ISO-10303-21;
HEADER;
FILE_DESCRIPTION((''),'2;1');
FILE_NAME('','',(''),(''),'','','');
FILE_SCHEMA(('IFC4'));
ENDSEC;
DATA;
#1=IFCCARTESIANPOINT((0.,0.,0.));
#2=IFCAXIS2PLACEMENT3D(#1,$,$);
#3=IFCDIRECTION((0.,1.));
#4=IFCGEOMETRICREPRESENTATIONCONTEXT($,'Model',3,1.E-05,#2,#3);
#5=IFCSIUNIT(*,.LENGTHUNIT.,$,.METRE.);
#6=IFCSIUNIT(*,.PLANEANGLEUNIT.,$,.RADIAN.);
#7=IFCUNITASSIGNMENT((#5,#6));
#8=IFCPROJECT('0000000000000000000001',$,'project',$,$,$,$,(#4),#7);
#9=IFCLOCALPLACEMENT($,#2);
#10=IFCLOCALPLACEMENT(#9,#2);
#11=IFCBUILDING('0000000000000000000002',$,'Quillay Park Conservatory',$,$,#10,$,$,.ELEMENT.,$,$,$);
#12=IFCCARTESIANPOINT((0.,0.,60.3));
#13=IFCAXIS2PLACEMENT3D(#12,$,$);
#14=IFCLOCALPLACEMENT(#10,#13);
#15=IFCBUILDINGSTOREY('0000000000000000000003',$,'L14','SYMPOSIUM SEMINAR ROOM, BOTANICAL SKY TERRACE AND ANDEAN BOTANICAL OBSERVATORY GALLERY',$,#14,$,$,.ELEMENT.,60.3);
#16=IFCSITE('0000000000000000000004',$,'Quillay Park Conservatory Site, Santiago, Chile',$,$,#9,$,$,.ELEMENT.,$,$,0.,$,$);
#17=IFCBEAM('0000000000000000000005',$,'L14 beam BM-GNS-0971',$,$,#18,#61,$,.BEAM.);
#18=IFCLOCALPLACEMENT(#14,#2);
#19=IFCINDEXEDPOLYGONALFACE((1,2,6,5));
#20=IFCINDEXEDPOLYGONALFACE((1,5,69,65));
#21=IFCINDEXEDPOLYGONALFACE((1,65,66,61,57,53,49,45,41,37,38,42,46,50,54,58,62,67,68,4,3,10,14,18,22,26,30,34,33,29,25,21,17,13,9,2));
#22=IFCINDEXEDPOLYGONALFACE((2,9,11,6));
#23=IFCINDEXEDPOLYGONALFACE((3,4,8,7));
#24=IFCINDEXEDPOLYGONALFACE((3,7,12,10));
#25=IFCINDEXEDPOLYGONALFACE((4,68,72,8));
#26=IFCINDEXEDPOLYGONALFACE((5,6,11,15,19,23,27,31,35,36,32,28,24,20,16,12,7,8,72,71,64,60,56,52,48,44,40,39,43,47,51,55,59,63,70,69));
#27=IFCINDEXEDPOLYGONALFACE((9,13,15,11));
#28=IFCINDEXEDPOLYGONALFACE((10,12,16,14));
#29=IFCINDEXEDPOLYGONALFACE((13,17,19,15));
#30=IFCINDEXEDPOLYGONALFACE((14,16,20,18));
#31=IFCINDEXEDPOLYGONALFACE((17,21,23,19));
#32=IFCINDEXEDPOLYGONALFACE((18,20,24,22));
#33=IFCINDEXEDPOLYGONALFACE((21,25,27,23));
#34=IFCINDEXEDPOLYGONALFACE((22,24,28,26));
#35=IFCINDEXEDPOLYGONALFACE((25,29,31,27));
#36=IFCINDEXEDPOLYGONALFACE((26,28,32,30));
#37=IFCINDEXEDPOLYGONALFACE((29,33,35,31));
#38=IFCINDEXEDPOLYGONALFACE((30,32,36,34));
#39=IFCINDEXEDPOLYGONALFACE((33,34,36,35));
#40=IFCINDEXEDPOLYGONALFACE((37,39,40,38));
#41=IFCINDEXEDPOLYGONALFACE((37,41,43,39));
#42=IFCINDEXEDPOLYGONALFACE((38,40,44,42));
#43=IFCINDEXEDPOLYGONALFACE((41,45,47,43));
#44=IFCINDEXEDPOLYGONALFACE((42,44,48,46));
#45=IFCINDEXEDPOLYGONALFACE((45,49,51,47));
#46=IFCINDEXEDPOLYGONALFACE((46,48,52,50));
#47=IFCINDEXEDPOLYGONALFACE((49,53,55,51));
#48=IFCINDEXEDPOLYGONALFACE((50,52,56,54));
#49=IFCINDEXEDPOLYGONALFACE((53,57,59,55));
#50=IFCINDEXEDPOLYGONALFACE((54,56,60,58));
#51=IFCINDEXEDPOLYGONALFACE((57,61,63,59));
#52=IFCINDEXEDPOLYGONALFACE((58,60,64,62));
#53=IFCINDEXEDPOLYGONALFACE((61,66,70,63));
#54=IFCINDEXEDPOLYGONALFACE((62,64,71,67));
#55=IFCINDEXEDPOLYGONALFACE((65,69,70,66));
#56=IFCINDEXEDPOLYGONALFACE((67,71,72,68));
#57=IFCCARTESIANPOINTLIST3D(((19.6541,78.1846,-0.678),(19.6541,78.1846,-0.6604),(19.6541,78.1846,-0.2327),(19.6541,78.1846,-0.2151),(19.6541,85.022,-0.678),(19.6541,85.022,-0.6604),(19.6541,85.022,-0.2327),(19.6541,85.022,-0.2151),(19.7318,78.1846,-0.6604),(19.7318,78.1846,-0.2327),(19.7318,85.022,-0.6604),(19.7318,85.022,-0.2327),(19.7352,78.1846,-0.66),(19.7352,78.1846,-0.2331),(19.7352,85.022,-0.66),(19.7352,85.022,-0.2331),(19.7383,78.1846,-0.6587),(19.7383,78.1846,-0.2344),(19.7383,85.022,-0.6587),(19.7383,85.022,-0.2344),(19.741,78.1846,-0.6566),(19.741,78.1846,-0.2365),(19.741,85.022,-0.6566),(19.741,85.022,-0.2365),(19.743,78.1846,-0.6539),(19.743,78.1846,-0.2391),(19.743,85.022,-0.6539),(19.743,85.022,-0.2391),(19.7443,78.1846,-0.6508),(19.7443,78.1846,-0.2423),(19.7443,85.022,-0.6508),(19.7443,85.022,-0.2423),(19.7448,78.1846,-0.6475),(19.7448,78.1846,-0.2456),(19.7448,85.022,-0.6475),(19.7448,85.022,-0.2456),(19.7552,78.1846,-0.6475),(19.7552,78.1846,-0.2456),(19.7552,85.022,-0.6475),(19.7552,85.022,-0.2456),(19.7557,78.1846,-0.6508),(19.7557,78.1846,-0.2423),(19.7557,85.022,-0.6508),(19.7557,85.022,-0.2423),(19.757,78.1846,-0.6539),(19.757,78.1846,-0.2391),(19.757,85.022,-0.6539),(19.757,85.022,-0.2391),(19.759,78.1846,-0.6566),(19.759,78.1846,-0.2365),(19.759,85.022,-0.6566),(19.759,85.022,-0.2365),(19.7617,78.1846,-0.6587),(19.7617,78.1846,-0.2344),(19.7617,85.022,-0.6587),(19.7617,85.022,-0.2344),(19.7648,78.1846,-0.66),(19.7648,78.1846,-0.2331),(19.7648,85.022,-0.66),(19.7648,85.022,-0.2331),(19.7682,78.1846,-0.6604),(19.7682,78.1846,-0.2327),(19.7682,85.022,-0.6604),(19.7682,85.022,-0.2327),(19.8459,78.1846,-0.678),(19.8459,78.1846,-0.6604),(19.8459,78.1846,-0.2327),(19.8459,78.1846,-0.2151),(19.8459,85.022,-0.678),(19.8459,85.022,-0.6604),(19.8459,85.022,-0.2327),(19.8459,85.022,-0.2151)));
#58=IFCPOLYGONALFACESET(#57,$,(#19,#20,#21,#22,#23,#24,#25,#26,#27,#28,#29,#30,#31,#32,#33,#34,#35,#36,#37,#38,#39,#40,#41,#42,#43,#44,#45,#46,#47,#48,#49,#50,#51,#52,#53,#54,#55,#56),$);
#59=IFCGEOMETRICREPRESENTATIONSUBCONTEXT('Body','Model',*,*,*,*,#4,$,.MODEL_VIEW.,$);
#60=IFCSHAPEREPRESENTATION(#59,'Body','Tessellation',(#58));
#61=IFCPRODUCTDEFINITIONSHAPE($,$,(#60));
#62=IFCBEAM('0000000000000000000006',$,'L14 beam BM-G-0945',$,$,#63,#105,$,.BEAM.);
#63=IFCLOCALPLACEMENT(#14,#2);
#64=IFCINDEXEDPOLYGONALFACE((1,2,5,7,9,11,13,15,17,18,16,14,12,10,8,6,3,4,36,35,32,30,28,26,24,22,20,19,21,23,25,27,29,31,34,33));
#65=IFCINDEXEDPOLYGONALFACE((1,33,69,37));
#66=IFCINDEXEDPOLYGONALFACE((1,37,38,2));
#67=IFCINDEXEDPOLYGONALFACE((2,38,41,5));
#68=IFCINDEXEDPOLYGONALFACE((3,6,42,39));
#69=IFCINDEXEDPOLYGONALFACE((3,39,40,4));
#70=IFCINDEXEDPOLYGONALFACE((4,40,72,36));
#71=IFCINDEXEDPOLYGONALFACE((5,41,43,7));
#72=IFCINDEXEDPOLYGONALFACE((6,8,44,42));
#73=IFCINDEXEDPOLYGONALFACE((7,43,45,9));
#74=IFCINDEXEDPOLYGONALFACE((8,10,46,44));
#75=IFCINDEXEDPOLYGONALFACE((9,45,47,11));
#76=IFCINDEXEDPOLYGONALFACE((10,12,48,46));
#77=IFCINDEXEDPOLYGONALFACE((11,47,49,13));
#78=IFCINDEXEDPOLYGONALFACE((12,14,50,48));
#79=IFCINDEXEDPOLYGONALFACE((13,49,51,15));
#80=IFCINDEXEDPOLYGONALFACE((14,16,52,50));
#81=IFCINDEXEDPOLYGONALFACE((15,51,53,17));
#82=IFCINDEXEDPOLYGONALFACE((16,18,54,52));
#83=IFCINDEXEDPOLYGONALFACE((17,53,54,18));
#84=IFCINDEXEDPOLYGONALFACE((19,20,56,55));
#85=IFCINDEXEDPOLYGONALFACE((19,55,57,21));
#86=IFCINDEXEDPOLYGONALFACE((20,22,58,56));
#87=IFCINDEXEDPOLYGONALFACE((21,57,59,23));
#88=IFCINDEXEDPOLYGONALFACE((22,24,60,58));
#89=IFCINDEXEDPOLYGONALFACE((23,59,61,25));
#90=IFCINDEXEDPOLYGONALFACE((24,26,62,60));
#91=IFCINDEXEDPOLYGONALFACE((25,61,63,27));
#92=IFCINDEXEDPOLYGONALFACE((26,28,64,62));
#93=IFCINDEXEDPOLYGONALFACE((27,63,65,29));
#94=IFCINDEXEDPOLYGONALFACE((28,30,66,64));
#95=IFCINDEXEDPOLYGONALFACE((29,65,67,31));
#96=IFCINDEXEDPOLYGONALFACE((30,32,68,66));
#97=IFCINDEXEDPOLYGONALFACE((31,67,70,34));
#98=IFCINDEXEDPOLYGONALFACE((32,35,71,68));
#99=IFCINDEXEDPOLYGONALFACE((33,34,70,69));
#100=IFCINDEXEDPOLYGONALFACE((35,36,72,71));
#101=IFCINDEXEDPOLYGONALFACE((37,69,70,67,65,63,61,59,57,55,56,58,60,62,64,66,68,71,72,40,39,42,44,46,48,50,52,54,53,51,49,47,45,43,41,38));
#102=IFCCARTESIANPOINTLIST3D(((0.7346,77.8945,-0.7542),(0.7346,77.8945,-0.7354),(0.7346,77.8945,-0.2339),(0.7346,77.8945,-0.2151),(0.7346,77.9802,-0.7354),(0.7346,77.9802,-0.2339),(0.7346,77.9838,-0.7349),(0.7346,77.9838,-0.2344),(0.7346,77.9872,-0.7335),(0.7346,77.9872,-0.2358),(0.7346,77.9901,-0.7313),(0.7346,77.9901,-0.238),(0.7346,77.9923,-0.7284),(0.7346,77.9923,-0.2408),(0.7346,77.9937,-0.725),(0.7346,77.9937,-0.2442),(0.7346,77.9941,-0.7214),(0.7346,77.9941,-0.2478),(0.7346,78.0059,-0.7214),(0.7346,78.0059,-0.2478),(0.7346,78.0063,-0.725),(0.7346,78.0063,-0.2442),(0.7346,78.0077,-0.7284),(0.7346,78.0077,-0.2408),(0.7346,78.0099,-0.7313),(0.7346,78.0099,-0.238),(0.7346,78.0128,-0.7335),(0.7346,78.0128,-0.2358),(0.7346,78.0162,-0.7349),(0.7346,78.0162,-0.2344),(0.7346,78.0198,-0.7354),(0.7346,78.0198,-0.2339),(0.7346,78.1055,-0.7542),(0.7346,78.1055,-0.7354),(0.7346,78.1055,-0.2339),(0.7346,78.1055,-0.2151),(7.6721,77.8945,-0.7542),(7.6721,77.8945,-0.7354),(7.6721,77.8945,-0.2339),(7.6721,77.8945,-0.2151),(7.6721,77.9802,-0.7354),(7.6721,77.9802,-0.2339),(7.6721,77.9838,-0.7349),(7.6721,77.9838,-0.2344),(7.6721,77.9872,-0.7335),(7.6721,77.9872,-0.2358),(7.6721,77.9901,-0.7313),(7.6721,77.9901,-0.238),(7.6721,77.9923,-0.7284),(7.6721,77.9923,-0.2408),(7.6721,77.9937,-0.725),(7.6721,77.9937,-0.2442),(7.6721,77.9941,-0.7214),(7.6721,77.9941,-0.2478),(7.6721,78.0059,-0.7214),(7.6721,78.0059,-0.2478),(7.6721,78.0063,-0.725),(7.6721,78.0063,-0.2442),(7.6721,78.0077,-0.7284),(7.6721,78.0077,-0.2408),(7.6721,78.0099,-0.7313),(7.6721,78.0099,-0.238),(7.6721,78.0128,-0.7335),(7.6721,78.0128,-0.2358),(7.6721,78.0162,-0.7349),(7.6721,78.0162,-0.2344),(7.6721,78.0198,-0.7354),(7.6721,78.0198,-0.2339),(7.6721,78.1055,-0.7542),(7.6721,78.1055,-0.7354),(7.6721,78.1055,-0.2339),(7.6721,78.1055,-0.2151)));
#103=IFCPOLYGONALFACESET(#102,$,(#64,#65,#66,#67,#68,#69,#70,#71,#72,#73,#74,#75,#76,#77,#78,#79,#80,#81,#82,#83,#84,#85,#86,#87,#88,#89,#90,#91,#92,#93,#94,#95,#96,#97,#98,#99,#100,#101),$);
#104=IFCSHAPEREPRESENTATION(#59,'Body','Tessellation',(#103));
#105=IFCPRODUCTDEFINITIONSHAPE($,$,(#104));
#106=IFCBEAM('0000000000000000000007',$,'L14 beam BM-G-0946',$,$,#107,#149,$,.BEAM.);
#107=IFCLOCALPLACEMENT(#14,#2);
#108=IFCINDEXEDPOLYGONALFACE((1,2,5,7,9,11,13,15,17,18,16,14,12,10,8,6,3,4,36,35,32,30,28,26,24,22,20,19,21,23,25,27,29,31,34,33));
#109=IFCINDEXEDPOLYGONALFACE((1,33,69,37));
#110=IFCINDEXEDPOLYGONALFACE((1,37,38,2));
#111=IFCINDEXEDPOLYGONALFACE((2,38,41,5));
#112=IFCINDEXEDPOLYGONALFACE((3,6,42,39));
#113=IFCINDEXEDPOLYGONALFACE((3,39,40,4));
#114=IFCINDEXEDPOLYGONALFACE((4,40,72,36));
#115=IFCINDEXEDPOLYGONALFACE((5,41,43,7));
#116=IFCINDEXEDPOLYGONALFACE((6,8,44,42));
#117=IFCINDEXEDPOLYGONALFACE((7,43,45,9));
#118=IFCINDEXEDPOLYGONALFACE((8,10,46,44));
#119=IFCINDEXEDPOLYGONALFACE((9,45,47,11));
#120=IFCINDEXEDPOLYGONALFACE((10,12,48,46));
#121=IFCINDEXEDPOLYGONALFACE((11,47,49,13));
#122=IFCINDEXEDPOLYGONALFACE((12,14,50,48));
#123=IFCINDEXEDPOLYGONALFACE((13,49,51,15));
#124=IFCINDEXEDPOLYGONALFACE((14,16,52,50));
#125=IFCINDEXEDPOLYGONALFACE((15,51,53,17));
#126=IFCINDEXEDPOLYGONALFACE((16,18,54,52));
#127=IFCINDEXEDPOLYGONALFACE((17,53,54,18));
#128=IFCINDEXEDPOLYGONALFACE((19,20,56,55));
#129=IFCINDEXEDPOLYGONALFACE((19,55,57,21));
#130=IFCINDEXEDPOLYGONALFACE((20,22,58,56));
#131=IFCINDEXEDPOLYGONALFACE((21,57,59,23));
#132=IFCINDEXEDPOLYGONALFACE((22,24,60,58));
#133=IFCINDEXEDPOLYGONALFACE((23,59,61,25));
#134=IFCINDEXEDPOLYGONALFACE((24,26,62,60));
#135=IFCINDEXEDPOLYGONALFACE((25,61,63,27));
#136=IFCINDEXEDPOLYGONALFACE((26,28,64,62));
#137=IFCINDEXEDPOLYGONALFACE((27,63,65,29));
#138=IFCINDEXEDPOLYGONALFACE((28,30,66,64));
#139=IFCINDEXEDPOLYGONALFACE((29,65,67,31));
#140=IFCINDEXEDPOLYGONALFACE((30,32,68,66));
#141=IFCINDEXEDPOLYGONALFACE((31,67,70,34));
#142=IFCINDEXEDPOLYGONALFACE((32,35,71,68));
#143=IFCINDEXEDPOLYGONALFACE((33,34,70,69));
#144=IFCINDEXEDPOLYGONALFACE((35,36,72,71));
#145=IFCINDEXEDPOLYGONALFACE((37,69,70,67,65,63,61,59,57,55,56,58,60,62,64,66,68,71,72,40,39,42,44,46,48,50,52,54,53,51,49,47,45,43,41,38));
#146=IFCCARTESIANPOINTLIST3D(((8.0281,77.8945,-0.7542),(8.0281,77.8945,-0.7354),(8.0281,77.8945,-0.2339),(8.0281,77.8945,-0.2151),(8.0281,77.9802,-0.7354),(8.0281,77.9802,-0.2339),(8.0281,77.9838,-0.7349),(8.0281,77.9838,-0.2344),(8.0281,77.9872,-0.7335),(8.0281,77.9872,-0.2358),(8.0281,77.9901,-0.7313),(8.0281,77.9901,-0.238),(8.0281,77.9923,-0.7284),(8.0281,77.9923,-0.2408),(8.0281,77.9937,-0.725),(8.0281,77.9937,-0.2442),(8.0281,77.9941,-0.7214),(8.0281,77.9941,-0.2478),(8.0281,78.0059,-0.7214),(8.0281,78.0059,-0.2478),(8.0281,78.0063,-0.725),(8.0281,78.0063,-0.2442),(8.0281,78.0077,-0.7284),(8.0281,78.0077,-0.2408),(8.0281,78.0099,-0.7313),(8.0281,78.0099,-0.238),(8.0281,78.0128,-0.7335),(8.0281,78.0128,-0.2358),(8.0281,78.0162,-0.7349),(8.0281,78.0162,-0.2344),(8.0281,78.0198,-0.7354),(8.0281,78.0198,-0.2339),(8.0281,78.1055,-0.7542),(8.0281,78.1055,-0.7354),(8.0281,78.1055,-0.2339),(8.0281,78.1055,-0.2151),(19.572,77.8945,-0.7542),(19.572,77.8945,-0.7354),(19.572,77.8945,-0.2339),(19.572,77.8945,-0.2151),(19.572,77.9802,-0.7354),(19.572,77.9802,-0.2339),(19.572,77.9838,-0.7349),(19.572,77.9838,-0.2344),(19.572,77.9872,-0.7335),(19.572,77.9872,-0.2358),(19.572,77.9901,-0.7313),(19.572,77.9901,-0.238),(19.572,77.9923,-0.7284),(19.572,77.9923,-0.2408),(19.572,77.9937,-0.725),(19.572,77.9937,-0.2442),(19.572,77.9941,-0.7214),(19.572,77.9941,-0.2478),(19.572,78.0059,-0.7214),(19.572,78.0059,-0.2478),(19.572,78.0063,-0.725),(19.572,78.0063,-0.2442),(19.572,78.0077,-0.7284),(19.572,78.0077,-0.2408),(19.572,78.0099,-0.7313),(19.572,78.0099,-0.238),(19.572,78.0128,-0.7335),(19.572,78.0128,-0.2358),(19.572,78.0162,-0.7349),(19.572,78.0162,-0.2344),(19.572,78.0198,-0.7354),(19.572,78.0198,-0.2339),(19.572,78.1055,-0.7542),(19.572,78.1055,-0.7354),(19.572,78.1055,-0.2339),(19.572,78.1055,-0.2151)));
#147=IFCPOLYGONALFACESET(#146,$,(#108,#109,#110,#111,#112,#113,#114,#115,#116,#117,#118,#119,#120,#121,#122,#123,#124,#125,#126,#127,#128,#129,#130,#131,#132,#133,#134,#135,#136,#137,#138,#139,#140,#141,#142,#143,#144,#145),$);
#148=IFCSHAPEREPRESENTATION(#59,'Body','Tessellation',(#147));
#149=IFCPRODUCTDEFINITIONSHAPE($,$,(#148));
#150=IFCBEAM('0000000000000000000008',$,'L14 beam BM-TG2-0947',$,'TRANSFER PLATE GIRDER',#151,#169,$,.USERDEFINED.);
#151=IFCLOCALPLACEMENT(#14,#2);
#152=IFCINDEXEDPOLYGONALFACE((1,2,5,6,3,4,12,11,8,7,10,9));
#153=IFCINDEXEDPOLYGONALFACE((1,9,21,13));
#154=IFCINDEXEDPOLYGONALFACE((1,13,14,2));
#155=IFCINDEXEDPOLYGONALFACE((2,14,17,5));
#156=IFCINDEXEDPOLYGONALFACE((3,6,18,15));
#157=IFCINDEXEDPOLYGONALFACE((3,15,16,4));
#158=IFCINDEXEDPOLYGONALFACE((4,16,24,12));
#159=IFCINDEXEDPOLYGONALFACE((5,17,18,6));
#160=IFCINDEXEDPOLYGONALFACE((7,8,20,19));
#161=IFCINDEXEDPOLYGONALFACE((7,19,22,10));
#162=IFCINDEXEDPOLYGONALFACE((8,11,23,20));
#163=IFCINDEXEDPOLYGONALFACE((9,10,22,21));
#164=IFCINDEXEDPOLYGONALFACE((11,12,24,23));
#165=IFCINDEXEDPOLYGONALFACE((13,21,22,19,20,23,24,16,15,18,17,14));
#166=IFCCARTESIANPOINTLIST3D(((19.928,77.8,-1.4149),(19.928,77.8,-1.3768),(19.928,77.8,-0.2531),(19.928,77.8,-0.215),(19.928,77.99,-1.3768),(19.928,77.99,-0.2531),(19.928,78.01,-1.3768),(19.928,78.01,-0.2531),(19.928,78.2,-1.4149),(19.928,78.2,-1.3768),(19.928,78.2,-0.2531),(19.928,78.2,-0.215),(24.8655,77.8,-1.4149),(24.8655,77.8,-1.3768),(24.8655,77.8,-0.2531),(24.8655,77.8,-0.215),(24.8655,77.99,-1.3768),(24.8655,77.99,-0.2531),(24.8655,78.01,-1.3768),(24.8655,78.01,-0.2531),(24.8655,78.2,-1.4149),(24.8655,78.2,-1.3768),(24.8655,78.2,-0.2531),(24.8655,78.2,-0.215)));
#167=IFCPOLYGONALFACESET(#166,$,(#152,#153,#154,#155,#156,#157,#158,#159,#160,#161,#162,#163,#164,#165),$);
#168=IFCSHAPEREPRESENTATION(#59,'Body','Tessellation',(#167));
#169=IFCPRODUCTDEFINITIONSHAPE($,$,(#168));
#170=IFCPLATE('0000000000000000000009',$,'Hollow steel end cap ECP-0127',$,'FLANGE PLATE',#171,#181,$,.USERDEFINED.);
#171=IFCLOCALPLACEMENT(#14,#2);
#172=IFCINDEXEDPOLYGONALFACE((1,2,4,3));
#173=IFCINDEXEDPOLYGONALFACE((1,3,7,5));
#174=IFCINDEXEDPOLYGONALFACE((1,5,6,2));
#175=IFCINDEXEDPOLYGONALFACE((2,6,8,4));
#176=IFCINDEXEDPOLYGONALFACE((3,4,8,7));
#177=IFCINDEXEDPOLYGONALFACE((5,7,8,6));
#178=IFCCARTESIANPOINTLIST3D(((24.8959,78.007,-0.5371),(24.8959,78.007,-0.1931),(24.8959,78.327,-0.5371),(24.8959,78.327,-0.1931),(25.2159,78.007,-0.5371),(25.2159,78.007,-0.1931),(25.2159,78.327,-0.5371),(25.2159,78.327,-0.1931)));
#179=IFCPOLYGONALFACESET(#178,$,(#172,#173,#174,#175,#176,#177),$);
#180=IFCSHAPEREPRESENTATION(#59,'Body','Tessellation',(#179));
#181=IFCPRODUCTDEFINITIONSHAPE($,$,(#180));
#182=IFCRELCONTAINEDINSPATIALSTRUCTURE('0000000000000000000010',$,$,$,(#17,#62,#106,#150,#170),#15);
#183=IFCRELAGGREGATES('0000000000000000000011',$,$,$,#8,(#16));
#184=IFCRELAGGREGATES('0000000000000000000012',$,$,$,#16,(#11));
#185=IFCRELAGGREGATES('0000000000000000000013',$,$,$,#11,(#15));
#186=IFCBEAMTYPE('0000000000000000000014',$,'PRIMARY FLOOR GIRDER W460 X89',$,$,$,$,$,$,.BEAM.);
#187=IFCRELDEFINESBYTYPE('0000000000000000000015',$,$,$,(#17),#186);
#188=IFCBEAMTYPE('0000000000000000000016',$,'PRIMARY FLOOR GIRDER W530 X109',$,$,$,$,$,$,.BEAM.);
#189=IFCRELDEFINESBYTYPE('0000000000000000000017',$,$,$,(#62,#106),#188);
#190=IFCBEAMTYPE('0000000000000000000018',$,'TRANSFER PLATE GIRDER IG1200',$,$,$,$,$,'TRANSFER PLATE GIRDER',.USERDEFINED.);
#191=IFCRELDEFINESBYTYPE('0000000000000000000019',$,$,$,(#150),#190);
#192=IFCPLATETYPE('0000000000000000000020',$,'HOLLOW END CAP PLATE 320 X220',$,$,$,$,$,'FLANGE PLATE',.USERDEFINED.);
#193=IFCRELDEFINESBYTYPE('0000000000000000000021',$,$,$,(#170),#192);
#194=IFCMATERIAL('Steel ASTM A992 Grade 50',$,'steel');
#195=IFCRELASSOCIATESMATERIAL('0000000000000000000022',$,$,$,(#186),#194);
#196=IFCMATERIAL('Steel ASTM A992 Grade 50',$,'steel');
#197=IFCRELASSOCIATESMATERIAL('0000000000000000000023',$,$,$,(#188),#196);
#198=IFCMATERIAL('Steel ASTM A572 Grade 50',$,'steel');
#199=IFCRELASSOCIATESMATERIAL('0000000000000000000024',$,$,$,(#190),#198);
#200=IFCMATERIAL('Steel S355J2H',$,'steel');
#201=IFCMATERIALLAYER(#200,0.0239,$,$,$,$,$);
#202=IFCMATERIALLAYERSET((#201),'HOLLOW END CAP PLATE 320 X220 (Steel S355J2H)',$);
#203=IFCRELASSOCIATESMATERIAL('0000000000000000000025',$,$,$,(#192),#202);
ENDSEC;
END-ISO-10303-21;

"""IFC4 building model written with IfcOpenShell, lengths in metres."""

from ifc_helpers import new_model, si_unit, direction, frame, origin, origin_2d, place, context, subcontext, project, spatial, rectangle, i_section, extrude, material, layer, layer_set, material_profile, profile_set, type_object, element, save


model = new_model("IFC4")

# Units and contexts
model_context = context("Model", 3, precision=1e-05, world=origin(), true_north=direction((0.0, 1.0)))
body_context = subcontext(model_context, "Body", "Model", "MODEL_VIEW")
ifc_project = project(units=[si_unit("LENGTHUNIT", "METRE"), si_unit("PLANEANGLEUNIT", "RADIAN")], contexts=[model_context])

# Site, building, storey
site_placement = place(None, origin())
site = spatial("IfcSite", under=ifc_project, at=site_placement, Name="Quillay Park Conservatory Site, Santiago, Chile", CompositionType="ELEMENT", RefElevation=0.0)
building_placement = place(site_placement, origin())
building = spatial("IfcBuilding", under=site, at=building_placement, Name="Quillay Park Conservatory", CompositionType="ELEMENT")
storey_placement = place(building_placement, frame((0.0, 0.0, 60.3)))
storey = spatial("IfcBuildingStorey", under=building, at=storey_placement, Name="L14", Description="SYMPOSIUM SEMINAR ROOM, BOTANICAL SKY TERRACE AND ANDEAN BOTANICAL OBSERVATORY GALLERY", CompositionType="ELEMENT", Elevation=60.3)

# Beams
ifc_material_1 = material(Name="Steel ASTM A992 Grade 50", Category="steel")
ifc_material_profile_1 = material_profile(ifc_material_1, i_section(OverallWidth=0.1919, OverallDepth=0.4629, WebThickness=0.0105, FlangeThickness=0.0176, FilletRadius=0.0129, at=origin_2d()), Name="W460x89")
ifc_profile_set_1 = profile_set([ifc_material_profile_1], Name="Steel ASTM A992 Grade 50")
beam_type_1 = type_object("IfcBeamType", Name="PRIMARY FLOOR GIRDER W460 X89", PredefinedType="BEAM", material=ifc_profile_set_1)
for number, where, z_axis, x_axis, name in (
    (1, (19.75, 78.1846, -0.4465), (0.0, 1.0, 0.0), (-1.0, 0.0, 0.0), "L14 beam BM-GNS-0971"),
):
    element("IfcBeam", number, at=place(storey_placement, frame(where, z_axis=z_axis, x_axis=x_axis)), inside=storey, type_object=beam_type_1, Name=name, PredefinedType="BEAM", context=body_context, shape_type="SweptSolid", body=[
        extrude(i_section(OverallWidth=0.1919, OverallDepth=0.4629, WebThickness=0.0105, FlangeThickness=0.0176, FilletRadius=0.0129, at=origin_2d()), origin(), (0.0, 0.0, 1.0), 6.8374),
    ])
ifc_material_2 = material(Name="Steel ASTM A992 Grade 50", Category="steel")
ifc_material_profile_2 = material_profile(ifc_material_2, i_section(OverallWidth=0.2109, OverallDepth=0.5391, WebThickness=0.0117, FlangeThickness=0.0188, FilletRadius=0.0139, at=origin_2d()), Name="W530x109")
ifc_profile_set_2 = profile_set([ifc_material_profile_2], Name="Steel ASTM A992 Grade 50")
beam_type_2 = type_object("IfcBeamType", Name="PRIMARY FLOOR GIRDER W530 X109", PredefinedType="BEAM", material=ifc_profile_set_2)
beam_1_placement = place(storey_placement, frame((0.7346, 78.0, -0.4846), z_axis=(1.0, 0.0, 0.0), x_axis=(0.0, 1.0, 0.0)))
element("IfcBeam", 2, at=beam_1_placement, inside=storey, type_object=beam_type_2, Name="L14 beam BM-G-0945", PredefinedType="BEAM", context=body_context, shape_type="SweptSolid", body=[
    extrude(i_section(OverallWidth=0.2109, OverallDepth=0.5391, WebThickness=0.0117, FlangeThickness=0.0188, FilletRadius=0.0139, at=origin_2d()), origin(), (0.0, 0.0, 1.0), 6.9375),
])
beam_2_placement = place(storey_placement, frame((8.0281, 78.0, -0.4846), z_axis=(1.0, 0.0, 0.0), x_axis=(0.0, 1.0, 0.0)))
element("IfcBeam", 3, at=beam_2_placement, inside=storey, type_object=beam_type_2, Name="L14 beam BM-G-0946", PredefinedType="BEAM", context=body_context, shape_type="SweptSolid", body=[
    extrude(i_section(OverallWidth=0.2109, OverallDepth=0.5391, WebThickness=0.0117, FlangeThickness=0.0188, FilletRadius=0.0139, at=origin_2d()), origin(), (0.0, 0.0, 1.0), 11.5439),
])
ifc_material_3 = material(Name="Steel ASTM A572 Grade 50", Category="steel")
ifc_material_profile_3 = material_profile(ifc_material_3, i_section(OverallWidth=0.3999, OverallDepth=1.2, WebThickness=0.02, FlangeThickness=0.0381, at=origin_2d()), Name="IG1200x400")
ifc_profile_set_3 = profile_set([ifc_material_profile_3], Name="Steel ASTM A572 Grade 50")
beam_type_3 = type_object("IfcBeamType", Name="TRANSFER PLATE GIRDER IG1200", ElementType="TRANSFER PLATE GIRDER", PredefinedType="USERDEFINED", material=ifc_profile_set_3)
beam_3_placement = place(storey_placement, frame((19.928, 78.0, -0.8149), z_axis=(1.0, 0.0, 0.0), x_axis=(0.0, 1.0, 0.0)))
element("IfcBeam", 4, at=beam_3_placement, inside=storey, type_object=beam_type_3, Name="L14 beam BM-TG2-0947", ObjectType="TRANSFER PLATE GIRDER", PredefinedType="USERDEFINED", context=body_context, shape_type="SweptSolid", body=[
    extrude(i_section(OverallWidth=0.3999, OverallDepth=1.2, WebThickness=0.02, FlangeThickness=0.0381, at=origin_2d()), origin(), (0.0, 0.0, 1.0), 4.9375),
])

# Plate
ifc_material_4 = material(Name="Steel S355J2H", Category="steel")
ifc_layer_1 = layer(ifc_material_4, 0.0239)
ifc_layer_set_1 = layer_set([ifc_layer_1], Name="HOLLOW END CAP PLATE 320 X220 (Steel S355J2H)")
plate_type = type_object("IfcPlateType", Name="HOLLOW END CAP PLATE 320 X220", ElementType="FLANGE PLATE", PredefinedType="USERDEFINED", material=ifc_layer_set_1)
plate_placement = place(storey_placement, frame((25.0559, 78.167, -0.5371), z_axis=(0.0, 0.0, 1.0), x_axis=(1.0, 0.0, 0.0)))
element("IfcPlate", 5, at=plate_placement, inside=storey, type_object=plate_type, Name="Hollow steel end cap ECP-0127", ObjectType="FLANGE PLATE", PredefinedType="USERDEFINED", context=body_context, shape_type="SweptSolid", body=[
    extrude(rectangle(XDim=0.3201, YDim=0.3201, at=origin_2d()), origin(), (0.0, 0.0, 1.0), 0.344),
])

save(model, "model.ifc")
